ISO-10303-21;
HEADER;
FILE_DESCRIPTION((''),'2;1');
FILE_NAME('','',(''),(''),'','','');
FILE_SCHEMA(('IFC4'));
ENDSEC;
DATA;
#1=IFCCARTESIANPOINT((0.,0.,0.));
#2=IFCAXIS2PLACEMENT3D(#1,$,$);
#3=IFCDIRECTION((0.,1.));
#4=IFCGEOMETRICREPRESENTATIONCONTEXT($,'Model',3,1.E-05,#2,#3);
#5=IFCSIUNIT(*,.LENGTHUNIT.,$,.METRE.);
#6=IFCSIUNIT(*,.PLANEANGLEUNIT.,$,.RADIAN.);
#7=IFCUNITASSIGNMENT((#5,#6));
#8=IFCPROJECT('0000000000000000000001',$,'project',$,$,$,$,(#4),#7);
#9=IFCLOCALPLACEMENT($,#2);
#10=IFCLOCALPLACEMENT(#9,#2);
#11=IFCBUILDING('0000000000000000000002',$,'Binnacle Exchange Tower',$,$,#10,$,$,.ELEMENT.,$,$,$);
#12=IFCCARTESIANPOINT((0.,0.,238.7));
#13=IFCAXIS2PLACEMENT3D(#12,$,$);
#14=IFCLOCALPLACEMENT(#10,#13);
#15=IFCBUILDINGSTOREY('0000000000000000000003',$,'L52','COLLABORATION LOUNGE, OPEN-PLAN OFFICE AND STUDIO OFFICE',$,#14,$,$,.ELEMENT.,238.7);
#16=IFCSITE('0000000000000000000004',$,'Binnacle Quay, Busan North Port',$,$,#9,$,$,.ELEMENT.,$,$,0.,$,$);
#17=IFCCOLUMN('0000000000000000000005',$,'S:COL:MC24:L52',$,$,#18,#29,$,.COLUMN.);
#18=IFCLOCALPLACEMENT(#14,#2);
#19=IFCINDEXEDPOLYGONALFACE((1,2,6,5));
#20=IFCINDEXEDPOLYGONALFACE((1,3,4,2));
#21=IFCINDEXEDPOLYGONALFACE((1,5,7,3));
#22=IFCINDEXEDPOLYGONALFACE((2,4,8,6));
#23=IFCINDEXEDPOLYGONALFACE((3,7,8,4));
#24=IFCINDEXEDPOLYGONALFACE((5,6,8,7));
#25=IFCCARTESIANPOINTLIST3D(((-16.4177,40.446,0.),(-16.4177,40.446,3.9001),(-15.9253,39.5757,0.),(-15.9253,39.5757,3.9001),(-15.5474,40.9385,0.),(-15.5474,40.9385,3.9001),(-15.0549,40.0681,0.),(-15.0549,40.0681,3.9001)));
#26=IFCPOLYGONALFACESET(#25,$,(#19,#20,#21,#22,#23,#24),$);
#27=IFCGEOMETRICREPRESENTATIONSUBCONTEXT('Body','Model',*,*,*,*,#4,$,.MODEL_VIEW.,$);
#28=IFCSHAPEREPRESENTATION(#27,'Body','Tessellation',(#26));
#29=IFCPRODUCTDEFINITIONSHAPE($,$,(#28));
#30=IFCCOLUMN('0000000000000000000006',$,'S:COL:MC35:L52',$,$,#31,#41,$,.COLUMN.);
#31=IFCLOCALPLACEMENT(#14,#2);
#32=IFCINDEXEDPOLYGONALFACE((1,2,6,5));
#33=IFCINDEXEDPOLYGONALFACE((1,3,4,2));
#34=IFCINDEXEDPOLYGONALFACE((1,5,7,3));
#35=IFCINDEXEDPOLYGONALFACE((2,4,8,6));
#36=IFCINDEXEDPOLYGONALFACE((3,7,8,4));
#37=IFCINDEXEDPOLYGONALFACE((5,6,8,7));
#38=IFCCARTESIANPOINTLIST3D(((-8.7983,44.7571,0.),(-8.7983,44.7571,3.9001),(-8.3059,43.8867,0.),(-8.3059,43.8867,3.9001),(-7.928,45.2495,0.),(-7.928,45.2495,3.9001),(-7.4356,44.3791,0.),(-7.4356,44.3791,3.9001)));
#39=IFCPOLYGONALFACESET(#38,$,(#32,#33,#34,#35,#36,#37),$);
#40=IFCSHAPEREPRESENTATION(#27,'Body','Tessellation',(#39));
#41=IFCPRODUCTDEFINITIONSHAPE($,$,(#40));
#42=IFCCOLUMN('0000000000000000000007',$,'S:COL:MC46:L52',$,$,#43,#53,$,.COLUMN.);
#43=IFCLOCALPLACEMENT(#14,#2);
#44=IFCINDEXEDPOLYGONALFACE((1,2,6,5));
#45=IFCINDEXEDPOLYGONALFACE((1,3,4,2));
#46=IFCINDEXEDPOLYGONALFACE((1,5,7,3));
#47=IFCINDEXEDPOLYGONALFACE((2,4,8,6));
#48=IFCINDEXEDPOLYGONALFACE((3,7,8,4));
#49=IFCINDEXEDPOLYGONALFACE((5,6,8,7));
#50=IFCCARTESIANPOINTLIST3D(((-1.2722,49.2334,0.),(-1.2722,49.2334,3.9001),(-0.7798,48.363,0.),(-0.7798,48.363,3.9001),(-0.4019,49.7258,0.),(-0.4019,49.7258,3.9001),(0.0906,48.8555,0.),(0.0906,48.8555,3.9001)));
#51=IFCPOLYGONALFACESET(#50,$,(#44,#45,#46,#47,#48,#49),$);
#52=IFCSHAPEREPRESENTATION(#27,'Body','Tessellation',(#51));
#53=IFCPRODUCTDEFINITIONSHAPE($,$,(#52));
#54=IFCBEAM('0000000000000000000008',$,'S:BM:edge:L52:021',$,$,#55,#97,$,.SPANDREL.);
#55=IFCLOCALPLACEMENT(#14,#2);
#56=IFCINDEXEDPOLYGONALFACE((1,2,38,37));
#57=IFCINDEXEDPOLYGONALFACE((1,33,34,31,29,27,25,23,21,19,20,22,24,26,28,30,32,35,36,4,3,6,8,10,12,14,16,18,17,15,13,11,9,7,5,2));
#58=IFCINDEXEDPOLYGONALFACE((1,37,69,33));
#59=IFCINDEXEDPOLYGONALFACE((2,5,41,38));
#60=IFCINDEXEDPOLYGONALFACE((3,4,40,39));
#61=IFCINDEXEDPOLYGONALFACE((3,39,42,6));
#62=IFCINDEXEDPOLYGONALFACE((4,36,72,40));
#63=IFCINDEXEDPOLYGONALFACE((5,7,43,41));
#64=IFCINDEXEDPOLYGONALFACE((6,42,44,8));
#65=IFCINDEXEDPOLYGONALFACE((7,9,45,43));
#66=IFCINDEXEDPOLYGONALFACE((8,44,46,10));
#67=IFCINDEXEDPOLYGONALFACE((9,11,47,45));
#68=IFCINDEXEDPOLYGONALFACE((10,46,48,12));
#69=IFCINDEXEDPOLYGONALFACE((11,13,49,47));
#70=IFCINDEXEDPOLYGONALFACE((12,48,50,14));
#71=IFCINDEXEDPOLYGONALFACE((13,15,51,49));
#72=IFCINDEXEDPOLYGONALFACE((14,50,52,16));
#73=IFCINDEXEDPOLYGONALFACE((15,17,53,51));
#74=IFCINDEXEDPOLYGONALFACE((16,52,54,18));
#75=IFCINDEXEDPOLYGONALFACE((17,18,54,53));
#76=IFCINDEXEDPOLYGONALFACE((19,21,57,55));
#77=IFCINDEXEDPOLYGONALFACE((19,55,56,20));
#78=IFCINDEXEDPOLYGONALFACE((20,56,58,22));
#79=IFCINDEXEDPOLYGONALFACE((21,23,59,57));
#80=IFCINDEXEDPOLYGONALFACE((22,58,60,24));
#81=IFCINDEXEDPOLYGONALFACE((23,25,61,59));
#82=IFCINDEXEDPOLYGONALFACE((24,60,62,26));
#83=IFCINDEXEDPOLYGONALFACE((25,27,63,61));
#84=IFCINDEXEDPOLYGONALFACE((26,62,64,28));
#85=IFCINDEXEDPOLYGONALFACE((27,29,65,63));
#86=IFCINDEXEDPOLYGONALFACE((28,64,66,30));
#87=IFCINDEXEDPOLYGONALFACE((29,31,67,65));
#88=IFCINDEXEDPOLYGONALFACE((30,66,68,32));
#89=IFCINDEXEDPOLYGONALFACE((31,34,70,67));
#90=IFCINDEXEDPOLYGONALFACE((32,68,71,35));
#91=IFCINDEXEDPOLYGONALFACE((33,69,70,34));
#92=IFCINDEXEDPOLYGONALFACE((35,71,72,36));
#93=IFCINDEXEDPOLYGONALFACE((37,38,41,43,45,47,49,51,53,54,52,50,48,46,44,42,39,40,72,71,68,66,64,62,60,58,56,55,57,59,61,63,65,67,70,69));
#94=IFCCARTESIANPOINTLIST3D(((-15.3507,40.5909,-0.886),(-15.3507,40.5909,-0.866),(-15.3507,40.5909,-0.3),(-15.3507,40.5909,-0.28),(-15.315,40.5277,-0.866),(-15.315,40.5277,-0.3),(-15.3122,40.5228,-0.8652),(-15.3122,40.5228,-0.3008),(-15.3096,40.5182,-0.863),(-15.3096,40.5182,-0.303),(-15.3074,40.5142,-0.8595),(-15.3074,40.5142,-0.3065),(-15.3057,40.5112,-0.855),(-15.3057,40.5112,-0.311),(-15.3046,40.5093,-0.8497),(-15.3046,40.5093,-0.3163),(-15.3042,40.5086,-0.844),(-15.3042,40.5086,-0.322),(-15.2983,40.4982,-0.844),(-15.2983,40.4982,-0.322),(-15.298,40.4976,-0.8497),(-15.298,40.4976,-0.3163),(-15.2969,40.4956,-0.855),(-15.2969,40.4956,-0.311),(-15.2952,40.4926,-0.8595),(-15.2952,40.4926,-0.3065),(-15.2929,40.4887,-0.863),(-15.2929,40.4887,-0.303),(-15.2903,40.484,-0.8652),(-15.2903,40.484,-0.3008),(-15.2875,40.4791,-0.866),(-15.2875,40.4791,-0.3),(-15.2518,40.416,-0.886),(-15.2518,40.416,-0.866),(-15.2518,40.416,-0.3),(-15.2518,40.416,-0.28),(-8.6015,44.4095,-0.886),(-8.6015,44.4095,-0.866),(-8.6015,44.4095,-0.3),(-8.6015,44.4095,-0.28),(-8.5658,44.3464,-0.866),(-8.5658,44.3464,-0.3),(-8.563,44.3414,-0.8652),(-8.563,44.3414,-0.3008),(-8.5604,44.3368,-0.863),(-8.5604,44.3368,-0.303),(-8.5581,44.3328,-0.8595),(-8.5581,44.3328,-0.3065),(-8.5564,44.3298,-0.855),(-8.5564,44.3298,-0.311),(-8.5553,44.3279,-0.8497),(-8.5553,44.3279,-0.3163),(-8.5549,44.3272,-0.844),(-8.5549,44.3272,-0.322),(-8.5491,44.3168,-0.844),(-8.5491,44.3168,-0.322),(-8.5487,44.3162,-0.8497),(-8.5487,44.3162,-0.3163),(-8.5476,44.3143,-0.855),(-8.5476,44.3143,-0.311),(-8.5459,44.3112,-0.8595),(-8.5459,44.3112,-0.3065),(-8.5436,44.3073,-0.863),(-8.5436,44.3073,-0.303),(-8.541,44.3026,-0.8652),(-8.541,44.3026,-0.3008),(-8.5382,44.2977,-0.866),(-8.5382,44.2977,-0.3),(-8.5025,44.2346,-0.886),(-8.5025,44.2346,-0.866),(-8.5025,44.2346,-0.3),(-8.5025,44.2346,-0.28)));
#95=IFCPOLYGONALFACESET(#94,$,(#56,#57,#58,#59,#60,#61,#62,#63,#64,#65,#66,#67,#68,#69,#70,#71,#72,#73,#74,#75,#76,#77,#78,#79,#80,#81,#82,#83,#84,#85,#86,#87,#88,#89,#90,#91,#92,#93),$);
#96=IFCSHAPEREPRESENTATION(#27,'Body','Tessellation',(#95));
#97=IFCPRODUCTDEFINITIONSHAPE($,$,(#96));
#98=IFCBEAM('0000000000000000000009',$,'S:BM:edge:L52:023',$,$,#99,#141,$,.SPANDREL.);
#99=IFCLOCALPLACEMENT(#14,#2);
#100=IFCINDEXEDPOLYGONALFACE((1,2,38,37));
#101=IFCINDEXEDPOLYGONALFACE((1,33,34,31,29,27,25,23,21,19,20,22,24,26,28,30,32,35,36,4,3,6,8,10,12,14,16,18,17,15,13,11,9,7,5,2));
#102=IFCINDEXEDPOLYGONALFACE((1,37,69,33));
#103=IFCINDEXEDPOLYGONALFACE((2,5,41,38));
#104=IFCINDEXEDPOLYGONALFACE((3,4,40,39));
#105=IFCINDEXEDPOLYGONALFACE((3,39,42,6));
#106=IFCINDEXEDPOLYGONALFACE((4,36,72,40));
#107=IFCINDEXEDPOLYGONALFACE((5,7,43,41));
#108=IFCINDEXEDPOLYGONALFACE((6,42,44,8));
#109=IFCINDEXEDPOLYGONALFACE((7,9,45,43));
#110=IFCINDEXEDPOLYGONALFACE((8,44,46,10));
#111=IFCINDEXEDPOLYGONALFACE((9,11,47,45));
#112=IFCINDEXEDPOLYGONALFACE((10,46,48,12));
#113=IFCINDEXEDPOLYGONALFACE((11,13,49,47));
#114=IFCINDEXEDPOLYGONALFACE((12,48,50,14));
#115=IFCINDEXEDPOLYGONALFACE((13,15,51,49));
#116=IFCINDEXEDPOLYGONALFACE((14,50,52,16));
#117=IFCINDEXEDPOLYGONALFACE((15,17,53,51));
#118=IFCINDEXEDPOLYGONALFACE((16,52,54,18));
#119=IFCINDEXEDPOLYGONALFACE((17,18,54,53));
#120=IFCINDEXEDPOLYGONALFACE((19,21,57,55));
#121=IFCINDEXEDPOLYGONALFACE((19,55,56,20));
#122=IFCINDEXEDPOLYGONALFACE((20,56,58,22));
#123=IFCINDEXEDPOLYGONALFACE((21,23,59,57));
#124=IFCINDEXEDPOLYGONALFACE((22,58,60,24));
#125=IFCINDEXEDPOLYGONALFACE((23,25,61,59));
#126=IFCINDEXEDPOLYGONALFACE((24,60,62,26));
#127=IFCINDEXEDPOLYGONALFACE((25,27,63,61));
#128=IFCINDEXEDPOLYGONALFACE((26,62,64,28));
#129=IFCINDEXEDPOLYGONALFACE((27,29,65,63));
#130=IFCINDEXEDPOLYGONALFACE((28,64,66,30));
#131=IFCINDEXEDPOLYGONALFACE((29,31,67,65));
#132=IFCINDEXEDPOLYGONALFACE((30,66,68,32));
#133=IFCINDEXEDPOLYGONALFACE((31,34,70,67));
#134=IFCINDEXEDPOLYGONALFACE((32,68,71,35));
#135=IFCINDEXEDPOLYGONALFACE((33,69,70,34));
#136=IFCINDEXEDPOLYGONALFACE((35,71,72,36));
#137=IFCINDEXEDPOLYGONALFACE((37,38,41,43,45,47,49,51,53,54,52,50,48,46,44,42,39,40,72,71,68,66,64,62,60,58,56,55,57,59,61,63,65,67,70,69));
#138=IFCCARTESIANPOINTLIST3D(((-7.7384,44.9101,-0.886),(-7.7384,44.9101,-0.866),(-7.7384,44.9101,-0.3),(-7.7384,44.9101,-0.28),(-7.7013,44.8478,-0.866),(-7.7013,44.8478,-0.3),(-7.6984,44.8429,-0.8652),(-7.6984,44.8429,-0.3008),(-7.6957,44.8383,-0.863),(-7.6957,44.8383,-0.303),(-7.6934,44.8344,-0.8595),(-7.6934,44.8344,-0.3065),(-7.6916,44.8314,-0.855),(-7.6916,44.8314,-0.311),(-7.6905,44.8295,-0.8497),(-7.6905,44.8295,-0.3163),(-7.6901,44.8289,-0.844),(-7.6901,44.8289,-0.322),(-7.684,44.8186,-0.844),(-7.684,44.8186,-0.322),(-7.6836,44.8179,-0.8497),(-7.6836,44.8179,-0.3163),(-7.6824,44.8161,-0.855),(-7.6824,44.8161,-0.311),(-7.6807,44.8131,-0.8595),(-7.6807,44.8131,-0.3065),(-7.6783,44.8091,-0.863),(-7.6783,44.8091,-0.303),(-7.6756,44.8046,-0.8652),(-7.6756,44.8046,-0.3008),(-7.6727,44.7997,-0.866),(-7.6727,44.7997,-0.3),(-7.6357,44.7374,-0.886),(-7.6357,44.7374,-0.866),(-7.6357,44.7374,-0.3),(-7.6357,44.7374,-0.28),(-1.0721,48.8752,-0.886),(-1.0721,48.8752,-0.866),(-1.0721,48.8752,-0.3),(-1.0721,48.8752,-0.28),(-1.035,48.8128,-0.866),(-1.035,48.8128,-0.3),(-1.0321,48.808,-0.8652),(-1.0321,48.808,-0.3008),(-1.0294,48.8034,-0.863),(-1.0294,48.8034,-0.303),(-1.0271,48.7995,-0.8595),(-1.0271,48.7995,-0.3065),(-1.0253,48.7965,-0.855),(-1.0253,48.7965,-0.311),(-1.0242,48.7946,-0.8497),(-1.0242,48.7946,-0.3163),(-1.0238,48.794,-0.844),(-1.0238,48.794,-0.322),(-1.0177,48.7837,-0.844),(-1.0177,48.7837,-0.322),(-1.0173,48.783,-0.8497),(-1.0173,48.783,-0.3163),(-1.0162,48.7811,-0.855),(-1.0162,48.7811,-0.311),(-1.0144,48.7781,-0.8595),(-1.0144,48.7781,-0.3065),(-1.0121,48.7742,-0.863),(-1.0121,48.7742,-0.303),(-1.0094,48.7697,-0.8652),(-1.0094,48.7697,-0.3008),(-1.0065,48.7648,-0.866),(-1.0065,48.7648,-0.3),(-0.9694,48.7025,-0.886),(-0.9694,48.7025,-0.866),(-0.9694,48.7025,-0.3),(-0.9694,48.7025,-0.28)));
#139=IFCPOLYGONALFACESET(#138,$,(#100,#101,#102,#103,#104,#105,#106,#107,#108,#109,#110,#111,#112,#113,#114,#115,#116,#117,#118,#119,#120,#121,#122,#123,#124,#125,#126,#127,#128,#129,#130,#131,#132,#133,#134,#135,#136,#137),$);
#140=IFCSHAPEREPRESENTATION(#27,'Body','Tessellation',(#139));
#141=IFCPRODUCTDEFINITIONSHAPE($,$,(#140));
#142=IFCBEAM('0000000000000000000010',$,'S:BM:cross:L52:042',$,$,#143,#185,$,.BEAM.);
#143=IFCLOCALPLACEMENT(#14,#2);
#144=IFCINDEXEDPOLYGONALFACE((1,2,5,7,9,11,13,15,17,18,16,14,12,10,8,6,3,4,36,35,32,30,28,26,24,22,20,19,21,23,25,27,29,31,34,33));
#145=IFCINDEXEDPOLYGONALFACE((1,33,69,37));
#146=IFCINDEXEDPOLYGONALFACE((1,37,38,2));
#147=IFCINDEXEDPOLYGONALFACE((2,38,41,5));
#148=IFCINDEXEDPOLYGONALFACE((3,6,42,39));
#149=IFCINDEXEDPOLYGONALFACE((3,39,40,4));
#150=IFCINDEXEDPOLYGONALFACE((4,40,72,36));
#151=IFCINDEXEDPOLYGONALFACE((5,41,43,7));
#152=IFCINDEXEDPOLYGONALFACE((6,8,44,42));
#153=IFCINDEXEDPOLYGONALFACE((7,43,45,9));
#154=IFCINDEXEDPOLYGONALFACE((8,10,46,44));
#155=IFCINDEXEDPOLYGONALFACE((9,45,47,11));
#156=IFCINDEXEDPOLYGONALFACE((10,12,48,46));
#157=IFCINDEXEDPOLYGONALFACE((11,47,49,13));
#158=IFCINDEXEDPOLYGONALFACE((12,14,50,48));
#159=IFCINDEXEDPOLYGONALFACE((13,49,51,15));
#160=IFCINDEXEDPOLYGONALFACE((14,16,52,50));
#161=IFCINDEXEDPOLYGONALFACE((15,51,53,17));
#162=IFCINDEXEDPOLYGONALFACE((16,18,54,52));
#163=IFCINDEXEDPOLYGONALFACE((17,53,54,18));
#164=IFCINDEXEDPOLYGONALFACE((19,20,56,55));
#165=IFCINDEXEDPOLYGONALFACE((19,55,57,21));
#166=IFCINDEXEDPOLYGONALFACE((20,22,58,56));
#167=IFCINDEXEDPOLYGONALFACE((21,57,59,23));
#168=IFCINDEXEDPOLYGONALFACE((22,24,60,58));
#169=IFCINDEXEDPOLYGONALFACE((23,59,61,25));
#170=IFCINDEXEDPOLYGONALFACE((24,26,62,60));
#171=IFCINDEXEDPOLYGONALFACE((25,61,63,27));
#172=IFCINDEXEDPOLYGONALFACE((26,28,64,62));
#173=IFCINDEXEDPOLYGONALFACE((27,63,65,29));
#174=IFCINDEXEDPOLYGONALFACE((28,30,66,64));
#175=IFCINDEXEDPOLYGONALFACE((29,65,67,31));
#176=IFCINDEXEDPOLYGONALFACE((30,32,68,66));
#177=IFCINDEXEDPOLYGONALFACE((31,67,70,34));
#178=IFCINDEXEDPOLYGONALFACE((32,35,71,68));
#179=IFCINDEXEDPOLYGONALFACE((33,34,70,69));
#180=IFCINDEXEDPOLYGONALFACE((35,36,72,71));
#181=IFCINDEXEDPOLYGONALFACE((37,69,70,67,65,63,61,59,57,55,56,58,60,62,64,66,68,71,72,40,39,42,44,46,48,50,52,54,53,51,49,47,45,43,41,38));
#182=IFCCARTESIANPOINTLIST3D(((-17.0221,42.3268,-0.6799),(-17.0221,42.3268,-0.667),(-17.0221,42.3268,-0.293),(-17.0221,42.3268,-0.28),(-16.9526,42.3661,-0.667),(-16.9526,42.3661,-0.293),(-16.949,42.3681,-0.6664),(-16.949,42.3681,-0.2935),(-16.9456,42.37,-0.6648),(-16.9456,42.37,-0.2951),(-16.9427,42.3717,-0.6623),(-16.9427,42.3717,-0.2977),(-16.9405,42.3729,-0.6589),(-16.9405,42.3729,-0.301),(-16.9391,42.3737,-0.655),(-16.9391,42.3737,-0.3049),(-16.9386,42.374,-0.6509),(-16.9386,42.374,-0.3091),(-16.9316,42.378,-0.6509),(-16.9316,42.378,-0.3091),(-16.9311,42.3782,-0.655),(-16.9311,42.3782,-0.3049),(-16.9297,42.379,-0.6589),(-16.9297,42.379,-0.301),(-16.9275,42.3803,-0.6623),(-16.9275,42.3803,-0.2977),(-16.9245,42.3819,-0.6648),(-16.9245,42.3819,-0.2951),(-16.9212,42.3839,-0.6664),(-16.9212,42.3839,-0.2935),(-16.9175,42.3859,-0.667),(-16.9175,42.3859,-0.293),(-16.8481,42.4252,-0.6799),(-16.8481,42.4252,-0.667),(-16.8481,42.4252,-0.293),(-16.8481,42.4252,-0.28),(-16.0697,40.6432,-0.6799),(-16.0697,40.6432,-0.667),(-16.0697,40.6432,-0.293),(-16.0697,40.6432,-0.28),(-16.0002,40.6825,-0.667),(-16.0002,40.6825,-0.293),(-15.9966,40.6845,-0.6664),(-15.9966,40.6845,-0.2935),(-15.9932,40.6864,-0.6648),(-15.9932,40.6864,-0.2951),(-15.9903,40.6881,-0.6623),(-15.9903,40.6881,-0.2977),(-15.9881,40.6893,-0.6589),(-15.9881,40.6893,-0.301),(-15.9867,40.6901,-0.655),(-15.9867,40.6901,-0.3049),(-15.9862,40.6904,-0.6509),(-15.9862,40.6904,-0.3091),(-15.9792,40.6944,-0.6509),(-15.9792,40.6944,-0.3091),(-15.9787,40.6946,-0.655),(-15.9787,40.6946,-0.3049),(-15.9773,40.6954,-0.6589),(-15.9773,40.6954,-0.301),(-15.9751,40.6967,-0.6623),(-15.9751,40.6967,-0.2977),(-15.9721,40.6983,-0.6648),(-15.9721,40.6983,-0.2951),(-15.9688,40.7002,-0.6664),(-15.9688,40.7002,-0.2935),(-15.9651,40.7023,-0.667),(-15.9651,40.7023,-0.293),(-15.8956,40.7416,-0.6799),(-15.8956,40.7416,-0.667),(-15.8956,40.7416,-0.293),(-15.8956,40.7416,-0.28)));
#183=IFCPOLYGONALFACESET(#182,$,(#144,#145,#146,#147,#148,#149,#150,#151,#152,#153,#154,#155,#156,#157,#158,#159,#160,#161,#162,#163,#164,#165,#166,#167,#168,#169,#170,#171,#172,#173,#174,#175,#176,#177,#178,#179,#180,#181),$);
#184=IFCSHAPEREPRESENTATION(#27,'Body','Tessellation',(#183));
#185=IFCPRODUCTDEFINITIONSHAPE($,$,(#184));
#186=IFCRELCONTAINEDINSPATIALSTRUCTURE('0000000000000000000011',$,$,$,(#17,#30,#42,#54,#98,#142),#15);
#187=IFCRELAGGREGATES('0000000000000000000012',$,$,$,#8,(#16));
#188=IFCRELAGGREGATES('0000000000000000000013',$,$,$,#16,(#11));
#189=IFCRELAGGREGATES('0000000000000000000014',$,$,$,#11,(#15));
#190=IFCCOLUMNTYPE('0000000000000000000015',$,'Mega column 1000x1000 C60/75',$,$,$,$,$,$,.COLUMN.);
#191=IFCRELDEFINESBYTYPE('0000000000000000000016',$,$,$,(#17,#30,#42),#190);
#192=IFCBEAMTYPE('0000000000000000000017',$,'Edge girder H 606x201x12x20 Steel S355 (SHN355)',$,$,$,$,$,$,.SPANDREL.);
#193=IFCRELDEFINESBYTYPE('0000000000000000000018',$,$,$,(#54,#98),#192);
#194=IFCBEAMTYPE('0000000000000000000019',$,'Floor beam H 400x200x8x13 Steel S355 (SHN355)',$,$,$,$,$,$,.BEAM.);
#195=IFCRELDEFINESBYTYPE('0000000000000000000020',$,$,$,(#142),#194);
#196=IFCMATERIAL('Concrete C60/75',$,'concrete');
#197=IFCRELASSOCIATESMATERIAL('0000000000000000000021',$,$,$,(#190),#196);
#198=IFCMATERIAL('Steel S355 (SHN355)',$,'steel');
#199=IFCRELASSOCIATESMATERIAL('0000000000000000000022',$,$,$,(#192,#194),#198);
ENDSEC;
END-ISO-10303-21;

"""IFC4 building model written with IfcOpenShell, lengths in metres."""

from ifc_helpers import new_model, si_unit, direction, frame, origin, origin_2d, place, context, subcontext, project, spatial, rectangle, i_section, extrude, material, material_profile, profile_set, type_object, element, save


model = new_model("IFC4")

# Units and contexts
model_context = context("Model", 3, precision=1e-05, world=origin(), true_north=direction((0.0, 1.0)))
body_context = subcontext(model_context, "Body", "Model", "MODEL_VIEW")
ifc_project = project(units=[si_unit("LENGTHUNIT", "METRE"), si_unit("PLANEANGLEUNIT", "RADIAN")], contexts=[model_context])

# Site, building, storey
site_placement = place(None, origin())
site = spatial("IfcSite", under=ifc_project, at=site_placement, Name="Binnacle Quay, Busan North Port", CompositionType="ELEMENT", RefElevation=0.0)
building_placement = place(site_placement, origin())
building = spatial("IfcBuilding", under=site, at=building_placement, Name="Binnacle Exchange Tower", CompositionType="ELEMENT")
storey_placement = place(building_placement, frame((0.0, 0.0, 238.7)))
storey = spatial("IfcBuildingStorey", under=building, at=storey_placement, Name="L52", Description="COLLABORATION LOUNGE, OPEN-PLAN OFFICE AND STUDIO OFFICE", CompositionType="ELEMENT", Elevation=238.7)

# Columns
ifc_material_1 = material(Name="Concrete C60/75", Category="concrete")
ifc_material_profile_1 = material_profile(ifc_material_1, rectangle(XDim=1.0, YDim=1.0, at=origin_2d()), Name="Mega column 1000x1000 C60/75")
ifc_profile_set_1 = profile_set([ifc_material_profile_1], Name="Concrete C60/75")
column_type = type_object("IfcColumnType", Name="Mega column 1000x1000 C60/75", PredefinedType="COLUMN", material=ifc_profile_set_1)
for number, where, z_axis, x_axis, name in (
    (1, (-15.7363, 40.2571, 0.0), (0.0, 0.0, 1.0), (0.870356, 0.492424, 0.0), "S:COL:MC24:L52"),
    (2, (-8.1169, 44.5681, 0.0), (0.0, 0.0, 1.0), (0.870356, 0.492424, 0.0), "S:COL:MC35:L52"),
    (3, (-0.5908, 49.0444, 0.0), (0.0, 0.0, 1.0), (0.870356, 0.492424, 0.0), "S:COL:MC46:L52"),
):
    element("IfcColumn", number, at=place(storey_placement, frame(where, z_axis=z_axis, x_axis=x_axis)), inside=storey, type_object=column_type, Name=name, PredefinedType="COLUMN", context=body_context, shape_type="SweptSolid", body=[
        extrude(rectangle(XDim=1.0, YDim=1.0, at=origin_2d()), origin(), (0.0, 0.0, 1.0), 3.9001),
    ])

# Beams
ifc_material_2 = material(Name="Steel S355 (SHN355)", Category="steel")
ifc_material_profile_2 = material_profile(ifc_material_2, i_section(OverallWidth=0.2009, OverallDepth=0.606, WebThickness=0.012, FlangeThickness=0.02, FilletRadius=0.022, at=origin_2d()), Name="H 606x201x12x20")
ifc_profile_set_2 = profile_set([ifc_material_profile_2], Name="Steel S355 (SHN355)")
beam_type_1 = type_object("IfcBeamType", Name="Edge girder H 606x201x12x20 Steel S355 (SHN355)", PredefinedType="SPANDREL", material=ifc_profile_set_2)
beam_1_placement = place(storey_placement, frame((-15.3013, 40.5034, -0.583), z_axis=(0.870353, 0.492429, 0.0), x_axis=(-0.492429, 0.870353, 0.0)))
element("IfcBeam", 4, at=beam_1_placement, inside=storey, type_object=beam_type_1, Name="S:BM:edge:L52:021", PredefinedType="SPANDREL", context=body_context, shape_type="SweptSolid", body=[
    extrude(i_section(OverallWidth=0.2009, OverallDepth=0.606, WebThickness=0.012, FlangeThickness=0.02, FilletRadius=0.022, at=origin_2d()), origin(), (0.0, 0.0, 1.0), 7.7546),
])
beam_2_placement = place(storey_placement, frame((-7.687, 44.8237, -0.583), z_axis=(0.859459, 0.511205, 0.0), x_axis=(-0.511205, 0.859459, 0.0)))
element("IfcBeam", 5, at=beam_2_placement, inside=storey, type_object=beam_type_1, Name="S:BM:edge:L52:023", PredefinedType="SPANDREL", context=body_context, shape_type="SweptSolid", body=[
    extrude(i_section(OverallWidth=0.2009, OverallDepth=0.606, WebThickness=0.012, FlangeThickness=0.02, FilletRadius=0.022, at=origin_2d()), origin(), (0.0, 0.0, 1.0), 7.7563),
])
ifc_material_profile_3 = material_profile(ifc_material_2, i_section(OverallWidth=0.2, OverallDepth=0.3999, WebThickness=0.0081, FlangeThickness=0.0129, FilletRadius=0.0161, at=origin_2d()), Name="H 400x200x8x13")
ifc_profile_set_3 = profile_set([ifc_material_profile_3], Name="Steel S355 (SHN355)")
beam_type_2 = type_object("IfcBeamType", Name="Floor beam H 400x200x8x13 Steel S355 (SHN355)", PredefinedType="BEAM", material=ifc_profile_set_3)
for number, where, z_axis, x_axis, name in (
    (6, (-15.9827, 40.6924, -0.48), (-0.492369, 0.870386, 0.0), (-0.870386, -0.492369, 0.0), "S:BM:cross:L52:042"),
):
    element("IfcBeam", number, at=place(storey_placement, frame(where, z_axis=z_axis, x_axis=x_axis)), inside=storey, type_object=beam_type_2, Name=name, PredefinedType="BEAM", context=body_context, shape_type="SweptSolid", body=[
        extrude(i_section(OverallWidth=0.2, OverallDepth=0.3999, WebThickness=0.0081, FlangeThickness=0.0129, FilletRadius=0.0161, at=origin_2d()), origin(), (0.0, 0.0, 1.0), 1.9343),
    ])

save(model, "model.ifc")
